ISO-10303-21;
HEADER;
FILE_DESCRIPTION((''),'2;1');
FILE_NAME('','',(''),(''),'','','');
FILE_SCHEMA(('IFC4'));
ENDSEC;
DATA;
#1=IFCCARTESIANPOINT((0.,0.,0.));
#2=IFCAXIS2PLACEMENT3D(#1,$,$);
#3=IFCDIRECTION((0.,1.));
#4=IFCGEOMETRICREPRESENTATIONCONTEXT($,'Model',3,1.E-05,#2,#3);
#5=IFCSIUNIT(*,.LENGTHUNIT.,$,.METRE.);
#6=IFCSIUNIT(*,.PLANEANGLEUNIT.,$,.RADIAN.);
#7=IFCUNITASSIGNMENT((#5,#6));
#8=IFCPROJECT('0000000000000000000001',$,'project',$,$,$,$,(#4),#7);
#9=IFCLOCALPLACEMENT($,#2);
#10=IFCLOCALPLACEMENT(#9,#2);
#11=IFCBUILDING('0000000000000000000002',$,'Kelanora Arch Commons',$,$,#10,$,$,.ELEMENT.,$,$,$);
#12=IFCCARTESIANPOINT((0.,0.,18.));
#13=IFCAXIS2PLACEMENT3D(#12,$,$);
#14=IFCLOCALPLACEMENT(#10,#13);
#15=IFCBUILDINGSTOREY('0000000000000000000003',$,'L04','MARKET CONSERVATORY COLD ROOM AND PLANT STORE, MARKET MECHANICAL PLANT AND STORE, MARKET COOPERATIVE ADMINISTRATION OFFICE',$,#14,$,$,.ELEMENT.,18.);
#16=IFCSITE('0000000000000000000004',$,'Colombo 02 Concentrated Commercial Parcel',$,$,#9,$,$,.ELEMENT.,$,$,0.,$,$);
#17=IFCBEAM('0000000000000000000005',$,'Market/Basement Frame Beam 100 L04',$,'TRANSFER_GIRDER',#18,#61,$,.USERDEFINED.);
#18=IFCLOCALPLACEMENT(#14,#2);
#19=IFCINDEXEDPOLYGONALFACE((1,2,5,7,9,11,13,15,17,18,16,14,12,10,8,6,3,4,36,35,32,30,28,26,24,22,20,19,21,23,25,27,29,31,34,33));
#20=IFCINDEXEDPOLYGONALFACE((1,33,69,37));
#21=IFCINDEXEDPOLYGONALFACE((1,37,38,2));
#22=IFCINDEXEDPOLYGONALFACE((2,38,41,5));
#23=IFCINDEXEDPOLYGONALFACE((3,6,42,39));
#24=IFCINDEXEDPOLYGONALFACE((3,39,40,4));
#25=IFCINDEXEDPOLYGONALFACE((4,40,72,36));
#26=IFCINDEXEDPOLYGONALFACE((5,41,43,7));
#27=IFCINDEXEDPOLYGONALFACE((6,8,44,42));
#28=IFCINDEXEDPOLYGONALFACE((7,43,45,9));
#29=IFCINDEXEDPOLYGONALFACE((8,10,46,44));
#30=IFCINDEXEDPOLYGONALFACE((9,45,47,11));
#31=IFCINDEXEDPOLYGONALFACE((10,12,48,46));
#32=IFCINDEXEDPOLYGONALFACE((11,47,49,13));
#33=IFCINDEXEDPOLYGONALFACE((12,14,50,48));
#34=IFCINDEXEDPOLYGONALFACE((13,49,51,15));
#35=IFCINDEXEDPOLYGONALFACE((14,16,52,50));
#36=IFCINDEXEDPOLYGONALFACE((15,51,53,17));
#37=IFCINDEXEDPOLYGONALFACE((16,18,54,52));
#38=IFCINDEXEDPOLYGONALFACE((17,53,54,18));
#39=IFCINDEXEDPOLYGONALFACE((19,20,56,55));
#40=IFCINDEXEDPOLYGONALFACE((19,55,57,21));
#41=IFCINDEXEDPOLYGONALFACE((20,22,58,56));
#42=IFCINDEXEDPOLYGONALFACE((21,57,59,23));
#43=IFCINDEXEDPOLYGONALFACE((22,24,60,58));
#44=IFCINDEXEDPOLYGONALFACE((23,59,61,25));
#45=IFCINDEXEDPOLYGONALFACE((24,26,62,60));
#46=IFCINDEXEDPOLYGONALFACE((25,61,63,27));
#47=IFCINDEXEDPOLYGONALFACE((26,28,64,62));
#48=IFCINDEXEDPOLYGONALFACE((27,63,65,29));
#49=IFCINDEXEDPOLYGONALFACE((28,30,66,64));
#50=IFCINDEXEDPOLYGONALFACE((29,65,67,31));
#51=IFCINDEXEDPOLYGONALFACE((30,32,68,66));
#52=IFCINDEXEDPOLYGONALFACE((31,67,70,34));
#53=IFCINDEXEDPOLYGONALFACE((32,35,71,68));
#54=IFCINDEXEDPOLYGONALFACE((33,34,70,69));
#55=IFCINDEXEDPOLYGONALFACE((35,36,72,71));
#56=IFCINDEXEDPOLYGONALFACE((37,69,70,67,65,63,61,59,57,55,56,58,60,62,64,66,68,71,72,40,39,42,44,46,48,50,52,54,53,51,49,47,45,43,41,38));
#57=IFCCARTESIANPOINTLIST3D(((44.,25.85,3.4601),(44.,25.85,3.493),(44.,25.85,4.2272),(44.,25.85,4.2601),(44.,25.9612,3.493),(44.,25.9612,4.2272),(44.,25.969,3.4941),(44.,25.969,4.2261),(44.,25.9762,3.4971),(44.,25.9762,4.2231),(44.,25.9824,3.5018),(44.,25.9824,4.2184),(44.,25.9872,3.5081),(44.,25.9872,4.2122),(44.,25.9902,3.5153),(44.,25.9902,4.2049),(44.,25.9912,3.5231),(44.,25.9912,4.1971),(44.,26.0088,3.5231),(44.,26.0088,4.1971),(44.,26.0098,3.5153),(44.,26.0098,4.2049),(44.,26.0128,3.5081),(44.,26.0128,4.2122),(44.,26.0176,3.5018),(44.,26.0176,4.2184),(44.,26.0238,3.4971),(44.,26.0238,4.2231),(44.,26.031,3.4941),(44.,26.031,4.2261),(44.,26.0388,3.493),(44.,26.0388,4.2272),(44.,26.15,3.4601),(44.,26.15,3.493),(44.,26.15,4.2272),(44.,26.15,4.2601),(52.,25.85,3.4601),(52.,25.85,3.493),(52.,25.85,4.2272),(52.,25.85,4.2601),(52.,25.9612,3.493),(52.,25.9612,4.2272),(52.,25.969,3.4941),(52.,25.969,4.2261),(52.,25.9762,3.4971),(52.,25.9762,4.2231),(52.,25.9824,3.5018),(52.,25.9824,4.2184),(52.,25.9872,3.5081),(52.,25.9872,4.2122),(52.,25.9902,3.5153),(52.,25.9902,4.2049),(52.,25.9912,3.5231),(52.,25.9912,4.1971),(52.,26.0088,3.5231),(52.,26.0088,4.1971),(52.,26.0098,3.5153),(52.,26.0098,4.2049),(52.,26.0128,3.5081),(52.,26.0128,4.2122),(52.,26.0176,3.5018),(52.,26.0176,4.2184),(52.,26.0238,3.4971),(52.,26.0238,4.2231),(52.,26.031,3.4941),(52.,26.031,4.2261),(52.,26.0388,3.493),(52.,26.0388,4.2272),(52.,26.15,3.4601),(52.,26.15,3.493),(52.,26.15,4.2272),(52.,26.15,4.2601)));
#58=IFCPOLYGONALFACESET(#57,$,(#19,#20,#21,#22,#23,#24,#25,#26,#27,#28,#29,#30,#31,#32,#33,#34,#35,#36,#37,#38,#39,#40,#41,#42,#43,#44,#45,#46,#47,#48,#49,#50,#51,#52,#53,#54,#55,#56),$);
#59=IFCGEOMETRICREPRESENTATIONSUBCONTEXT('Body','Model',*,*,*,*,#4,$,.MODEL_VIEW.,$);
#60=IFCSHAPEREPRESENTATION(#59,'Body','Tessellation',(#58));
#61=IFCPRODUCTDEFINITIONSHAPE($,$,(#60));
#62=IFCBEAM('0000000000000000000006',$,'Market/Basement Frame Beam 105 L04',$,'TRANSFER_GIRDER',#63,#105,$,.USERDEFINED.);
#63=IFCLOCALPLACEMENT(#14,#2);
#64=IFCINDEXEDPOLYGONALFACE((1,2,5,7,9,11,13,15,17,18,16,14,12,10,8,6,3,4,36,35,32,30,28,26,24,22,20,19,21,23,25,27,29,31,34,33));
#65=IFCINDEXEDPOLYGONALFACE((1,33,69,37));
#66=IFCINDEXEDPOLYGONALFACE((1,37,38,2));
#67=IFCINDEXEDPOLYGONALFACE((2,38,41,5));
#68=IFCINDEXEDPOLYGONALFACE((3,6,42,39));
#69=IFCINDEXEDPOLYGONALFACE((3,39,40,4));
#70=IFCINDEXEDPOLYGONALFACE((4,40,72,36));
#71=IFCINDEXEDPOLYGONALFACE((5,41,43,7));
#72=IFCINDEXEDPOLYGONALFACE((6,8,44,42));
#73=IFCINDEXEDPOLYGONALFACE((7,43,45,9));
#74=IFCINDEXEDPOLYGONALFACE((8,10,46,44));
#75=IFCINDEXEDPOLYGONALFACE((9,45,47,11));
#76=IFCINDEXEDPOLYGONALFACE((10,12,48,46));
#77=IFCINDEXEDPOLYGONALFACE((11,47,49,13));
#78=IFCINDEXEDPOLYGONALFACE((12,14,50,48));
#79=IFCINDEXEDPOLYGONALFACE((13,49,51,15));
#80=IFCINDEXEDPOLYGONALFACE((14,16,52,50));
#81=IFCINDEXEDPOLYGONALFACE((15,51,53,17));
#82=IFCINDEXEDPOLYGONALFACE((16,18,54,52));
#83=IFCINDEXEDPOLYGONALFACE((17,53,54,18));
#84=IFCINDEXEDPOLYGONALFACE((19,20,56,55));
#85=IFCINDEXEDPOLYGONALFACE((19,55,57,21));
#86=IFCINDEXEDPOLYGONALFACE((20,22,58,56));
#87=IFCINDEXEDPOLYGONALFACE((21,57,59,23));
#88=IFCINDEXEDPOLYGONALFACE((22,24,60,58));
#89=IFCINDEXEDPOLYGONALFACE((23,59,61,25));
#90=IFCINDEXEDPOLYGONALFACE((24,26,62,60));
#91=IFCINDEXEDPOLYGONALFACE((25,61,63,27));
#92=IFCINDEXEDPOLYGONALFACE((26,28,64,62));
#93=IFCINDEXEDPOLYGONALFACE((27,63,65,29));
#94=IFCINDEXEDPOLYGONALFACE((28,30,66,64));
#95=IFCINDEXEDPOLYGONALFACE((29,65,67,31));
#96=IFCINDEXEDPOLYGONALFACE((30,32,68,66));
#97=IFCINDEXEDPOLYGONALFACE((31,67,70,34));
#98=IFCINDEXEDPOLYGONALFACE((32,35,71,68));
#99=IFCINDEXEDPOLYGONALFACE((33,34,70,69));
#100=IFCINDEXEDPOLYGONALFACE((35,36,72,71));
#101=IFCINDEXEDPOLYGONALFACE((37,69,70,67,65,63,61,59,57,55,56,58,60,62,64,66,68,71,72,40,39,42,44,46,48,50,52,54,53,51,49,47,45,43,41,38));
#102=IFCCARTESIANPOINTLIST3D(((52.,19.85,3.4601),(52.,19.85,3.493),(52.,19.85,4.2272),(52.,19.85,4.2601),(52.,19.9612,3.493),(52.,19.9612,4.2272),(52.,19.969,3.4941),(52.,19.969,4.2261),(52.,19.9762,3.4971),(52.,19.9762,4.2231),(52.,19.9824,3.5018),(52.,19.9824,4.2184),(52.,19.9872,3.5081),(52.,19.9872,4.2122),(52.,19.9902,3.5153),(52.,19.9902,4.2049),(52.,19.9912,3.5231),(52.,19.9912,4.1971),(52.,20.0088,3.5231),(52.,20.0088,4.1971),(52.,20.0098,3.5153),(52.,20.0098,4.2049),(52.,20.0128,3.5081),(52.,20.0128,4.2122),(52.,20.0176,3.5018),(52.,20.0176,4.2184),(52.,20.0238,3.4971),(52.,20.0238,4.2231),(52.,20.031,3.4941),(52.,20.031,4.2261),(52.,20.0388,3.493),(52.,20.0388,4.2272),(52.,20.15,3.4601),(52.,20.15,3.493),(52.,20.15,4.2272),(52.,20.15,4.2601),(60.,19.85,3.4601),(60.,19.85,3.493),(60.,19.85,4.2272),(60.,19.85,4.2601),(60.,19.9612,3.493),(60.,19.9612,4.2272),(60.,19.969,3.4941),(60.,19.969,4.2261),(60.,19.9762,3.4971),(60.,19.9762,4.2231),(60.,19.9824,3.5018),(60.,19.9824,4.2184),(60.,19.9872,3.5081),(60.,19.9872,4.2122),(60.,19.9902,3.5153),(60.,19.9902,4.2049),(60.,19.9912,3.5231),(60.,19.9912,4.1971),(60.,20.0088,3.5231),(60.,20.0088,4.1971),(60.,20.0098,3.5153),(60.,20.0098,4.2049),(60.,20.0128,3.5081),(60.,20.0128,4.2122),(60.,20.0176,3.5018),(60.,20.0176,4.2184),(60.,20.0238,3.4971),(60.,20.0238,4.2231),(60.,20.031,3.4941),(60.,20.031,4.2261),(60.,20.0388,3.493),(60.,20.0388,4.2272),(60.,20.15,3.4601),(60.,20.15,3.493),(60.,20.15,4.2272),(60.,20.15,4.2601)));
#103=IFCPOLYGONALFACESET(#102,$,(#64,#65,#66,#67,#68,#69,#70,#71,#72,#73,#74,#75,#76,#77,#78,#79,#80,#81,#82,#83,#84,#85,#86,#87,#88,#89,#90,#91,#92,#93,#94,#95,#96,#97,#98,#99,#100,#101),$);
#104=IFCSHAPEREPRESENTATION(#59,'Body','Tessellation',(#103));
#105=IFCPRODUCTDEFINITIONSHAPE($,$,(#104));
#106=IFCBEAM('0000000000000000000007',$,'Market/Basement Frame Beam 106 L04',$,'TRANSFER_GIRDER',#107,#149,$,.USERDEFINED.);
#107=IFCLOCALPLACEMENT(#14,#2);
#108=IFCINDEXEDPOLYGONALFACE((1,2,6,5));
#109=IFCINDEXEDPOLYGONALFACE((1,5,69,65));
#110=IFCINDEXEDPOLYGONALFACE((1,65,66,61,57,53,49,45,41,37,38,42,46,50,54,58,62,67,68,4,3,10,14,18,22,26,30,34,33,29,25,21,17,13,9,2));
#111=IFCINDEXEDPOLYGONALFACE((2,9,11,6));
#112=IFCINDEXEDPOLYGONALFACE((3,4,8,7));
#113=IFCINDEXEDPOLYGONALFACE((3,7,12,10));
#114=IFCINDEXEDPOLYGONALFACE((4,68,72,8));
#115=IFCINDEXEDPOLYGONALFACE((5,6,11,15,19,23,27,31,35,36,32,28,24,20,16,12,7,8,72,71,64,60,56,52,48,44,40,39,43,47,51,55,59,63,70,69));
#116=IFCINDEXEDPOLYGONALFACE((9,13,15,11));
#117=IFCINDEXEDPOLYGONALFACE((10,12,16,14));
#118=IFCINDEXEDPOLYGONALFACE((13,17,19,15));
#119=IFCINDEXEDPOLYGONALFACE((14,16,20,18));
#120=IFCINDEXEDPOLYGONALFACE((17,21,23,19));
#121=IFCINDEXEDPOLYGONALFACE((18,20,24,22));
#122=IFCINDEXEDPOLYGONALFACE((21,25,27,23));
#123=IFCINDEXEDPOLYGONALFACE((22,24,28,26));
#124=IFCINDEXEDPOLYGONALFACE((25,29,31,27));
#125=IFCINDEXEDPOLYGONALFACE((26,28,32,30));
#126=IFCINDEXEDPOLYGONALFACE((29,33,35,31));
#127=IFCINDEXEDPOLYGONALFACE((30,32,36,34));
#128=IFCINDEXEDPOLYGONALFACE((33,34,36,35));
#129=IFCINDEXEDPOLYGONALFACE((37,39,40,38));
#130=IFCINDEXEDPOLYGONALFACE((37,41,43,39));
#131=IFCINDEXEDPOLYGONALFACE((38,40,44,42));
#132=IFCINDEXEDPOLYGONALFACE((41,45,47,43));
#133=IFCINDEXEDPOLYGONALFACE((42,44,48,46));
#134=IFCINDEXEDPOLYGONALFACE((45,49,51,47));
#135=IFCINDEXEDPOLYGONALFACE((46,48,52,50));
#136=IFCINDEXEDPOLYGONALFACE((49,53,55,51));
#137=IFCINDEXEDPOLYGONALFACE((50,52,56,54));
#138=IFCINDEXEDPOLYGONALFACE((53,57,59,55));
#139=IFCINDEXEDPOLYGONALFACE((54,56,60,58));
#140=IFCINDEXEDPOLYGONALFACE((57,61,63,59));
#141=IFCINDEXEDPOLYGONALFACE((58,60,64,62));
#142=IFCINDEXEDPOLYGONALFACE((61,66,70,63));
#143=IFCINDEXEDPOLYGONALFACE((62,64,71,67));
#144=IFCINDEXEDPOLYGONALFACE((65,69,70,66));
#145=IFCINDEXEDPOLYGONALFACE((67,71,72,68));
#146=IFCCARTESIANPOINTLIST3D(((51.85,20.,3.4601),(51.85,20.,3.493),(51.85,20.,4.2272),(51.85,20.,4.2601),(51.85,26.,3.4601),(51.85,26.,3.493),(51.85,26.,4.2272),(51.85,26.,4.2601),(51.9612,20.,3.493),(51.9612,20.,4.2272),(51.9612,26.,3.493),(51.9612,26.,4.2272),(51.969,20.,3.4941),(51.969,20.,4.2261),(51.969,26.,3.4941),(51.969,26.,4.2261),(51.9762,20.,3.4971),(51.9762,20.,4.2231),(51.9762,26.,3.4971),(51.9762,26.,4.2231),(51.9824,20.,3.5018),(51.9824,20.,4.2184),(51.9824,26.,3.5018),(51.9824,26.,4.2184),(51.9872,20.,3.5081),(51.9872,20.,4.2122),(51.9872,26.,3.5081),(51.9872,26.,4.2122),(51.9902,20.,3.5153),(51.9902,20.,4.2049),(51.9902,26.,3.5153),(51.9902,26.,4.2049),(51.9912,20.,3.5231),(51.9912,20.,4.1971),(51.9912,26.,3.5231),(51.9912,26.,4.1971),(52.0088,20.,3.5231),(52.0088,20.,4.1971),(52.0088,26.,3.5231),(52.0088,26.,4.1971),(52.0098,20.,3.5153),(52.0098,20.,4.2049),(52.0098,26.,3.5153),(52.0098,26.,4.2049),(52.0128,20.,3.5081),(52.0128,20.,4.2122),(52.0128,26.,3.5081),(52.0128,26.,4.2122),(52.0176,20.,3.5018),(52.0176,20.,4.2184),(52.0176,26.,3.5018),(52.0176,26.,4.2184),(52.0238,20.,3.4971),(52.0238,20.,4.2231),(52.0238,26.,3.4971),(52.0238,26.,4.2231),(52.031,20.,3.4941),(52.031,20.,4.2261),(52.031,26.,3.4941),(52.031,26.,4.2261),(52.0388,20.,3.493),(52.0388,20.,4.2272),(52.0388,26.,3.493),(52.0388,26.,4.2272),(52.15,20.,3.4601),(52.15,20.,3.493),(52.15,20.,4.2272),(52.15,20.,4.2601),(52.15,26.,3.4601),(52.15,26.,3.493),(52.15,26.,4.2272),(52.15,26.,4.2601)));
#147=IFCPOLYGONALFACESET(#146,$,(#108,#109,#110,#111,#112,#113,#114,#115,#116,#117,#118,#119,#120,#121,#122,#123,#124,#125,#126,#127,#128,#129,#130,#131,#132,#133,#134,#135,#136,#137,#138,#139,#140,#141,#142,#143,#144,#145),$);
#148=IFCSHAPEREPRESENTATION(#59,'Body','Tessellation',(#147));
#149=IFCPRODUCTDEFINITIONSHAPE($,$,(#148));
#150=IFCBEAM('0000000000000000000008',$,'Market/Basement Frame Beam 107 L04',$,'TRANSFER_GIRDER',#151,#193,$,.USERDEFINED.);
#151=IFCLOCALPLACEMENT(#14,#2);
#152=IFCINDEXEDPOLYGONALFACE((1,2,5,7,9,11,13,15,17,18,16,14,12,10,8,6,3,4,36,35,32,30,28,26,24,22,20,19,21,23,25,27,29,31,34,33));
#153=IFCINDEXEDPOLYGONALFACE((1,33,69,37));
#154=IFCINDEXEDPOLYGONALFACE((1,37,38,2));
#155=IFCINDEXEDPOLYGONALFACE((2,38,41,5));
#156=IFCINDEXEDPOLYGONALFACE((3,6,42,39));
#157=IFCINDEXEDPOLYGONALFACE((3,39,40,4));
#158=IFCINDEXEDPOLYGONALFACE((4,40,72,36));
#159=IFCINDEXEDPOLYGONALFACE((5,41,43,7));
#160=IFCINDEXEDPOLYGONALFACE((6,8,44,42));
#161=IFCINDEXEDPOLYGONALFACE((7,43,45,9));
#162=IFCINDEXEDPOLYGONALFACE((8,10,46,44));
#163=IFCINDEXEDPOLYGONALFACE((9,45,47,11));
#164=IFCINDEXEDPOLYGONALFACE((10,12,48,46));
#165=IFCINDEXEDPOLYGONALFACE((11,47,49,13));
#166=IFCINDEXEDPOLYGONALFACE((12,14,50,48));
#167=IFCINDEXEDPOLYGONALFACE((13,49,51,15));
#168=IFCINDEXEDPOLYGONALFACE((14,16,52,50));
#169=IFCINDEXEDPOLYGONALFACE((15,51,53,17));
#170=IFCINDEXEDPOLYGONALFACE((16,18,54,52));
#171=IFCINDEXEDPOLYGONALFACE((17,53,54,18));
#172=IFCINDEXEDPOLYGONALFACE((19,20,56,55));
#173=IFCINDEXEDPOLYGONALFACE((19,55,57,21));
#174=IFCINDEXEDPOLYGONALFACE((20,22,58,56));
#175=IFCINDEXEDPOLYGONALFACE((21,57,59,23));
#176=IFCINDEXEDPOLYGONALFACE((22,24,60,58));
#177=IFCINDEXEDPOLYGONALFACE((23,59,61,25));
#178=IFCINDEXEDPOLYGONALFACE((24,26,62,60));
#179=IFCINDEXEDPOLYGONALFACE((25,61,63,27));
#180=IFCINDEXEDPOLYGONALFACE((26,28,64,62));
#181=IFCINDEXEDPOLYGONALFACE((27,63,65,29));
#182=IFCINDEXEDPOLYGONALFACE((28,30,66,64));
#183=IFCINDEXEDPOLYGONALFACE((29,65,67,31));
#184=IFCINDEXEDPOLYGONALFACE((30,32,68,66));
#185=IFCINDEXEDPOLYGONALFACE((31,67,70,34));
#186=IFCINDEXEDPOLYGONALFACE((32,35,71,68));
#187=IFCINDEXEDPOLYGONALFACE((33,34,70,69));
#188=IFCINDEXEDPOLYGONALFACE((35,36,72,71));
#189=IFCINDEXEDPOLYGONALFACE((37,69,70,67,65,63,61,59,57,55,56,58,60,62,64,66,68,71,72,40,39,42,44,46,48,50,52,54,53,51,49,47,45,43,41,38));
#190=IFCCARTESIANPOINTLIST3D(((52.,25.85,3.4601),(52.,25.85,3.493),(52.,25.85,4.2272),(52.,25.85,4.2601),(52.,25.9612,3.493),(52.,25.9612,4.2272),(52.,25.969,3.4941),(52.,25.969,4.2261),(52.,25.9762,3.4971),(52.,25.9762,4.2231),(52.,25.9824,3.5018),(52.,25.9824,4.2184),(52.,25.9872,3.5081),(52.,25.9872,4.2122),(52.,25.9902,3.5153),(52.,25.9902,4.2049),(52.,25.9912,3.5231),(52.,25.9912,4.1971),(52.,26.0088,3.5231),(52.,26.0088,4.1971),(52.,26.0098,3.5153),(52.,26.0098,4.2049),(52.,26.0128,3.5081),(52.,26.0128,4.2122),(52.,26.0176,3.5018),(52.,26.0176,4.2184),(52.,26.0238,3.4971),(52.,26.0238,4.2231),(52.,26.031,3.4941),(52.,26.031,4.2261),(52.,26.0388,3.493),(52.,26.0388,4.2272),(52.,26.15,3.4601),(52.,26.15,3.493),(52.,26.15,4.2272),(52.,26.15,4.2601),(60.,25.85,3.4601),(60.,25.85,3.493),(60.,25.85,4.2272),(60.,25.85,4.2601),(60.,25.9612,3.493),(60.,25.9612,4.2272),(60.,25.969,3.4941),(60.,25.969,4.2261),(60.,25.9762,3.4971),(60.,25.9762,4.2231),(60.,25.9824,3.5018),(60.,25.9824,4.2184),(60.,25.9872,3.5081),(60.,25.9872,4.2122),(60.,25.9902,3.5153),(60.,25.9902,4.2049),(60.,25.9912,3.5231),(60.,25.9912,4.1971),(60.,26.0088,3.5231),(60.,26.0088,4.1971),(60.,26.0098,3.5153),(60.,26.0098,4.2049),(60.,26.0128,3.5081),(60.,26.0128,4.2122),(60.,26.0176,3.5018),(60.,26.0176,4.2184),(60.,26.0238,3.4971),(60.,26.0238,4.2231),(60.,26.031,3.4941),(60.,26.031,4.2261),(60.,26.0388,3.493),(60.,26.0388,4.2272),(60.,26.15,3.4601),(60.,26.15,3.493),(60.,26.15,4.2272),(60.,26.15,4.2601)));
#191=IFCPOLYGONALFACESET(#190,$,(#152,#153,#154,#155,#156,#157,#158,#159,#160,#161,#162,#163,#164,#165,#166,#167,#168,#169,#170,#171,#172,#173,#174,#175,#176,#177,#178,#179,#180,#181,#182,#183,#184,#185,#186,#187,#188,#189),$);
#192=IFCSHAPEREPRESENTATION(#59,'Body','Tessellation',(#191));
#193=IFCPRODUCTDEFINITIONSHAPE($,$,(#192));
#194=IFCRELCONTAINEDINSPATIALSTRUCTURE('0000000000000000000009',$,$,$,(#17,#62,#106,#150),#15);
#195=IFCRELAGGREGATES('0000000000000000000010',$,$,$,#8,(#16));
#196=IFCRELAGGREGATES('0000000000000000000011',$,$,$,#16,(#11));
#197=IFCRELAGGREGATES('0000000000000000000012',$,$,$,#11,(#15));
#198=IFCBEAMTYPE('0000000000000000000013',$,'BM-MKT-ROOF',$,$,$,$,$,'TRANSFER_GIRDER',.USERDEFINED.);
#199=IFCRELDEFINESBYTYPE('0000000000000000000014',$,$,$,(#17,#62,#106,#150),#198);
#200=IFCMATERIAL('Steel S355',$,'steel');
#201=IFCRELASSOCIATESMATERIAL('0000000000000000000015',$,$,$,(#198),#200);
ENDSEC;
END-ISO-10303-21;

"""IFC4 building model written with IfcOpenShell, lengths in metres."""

from ifc_helpers import new_model, si_unit, direction, frame, origin, origin_2d, place, context, subcontext, project, spatial, i_section, extrude, material, material_profile, profile_set, type_object, element, save


model = new_model("IFC4")

# Units and contexts
model_context = context("Model", 3, precision=1e-05, world=origin(), true_north=direction((0.0, 1.0)))
body_context = subcontext(model_context, "Body", "Model", "MODEL_VIEW")
ifc_project = project(units=[si_unit("LENGTHUNIT", "METRE"), si_unit("PLANEANGLEUNIT", "RADIAN")], contexts=[model_context])

# Site, building, storey
site_placement = place(None, origin())
site = spatial("IfcSite", under=ifc_project, at=site_placement, Name="Colombo 02 Concentrated Commercial Parcel", CompositionType="ELEMENT", RefElevation=0.0)
building_placement = place(site_placement, origin())
building = spatial("IfcBuilding", under=site, at=building_placement, Name="Kelanora Arch Commons", CompositionType="ELEMENT")
storey_placement = place(building_placement, frame((0.0, 0.0, 18.0)))
storey = spatial("IfcBuildingStorey", under=building, at=storey_placement, Name="L04", Description="MARKET CONSERVATORY COLD ROOM AND PLANT STORE, MARKET MECHANICAL PLANT AND STORE, MARKET COOPERATIVE ADMINISTRATION OFFICE", CompositionType="ELEMENT", Elevation=18.0)

# Beams
ifc_material_1 = material(Name="Steel S355", Category="steel")
ifc_material_profile_1 = material_profile(ifc_material_1, i_section(OverallWidth=0.3, OverallDepth=0.8, WebThickness=0.0176, FlangeThickness=0.033, FilletRadius=0.03, at=origin_2d()), Name="HEB800")
ifc_profile_set_1 = profile_set([ifc_material_profile_1], Name="Steel S355")
beam_type = type_object("IfcBeamType", Name="BM-MKT-ROOF", ElementType="TRANSFER_GIRDER", PredefinedType="USERDEFINED", material=ifc_profile_set_1)
for number, where, z_axis, x_axis, name in (
    (1, (44.0, 26.0, 3.8601), (1.0, 0.0, 0.0), (0.0, 1.0, 0.0), "Market/Basement Frame Beam 100 L04"),
    (2, (52.0, 20.0, 3.8601), (1.0, 0.0, 0.0), (0.0, 1.0, 0.0), "Market/Basement Frame Beam 105 L04"),
):
    element("IfcBeam", number, at=place(storey_placement, frame(where, z_axis=z_axis, x_axis=x_axis)), inside=storey, type_object=beam_type, Name=name, ObjectType="TRANSFER_GIRDER", PredefinedType="USERDEFINED", context=body_context, shape_type="SweptSolid", body=[
        extrude(i_section(OverallWidth=0.3, OverallDepth=0.8, WebThickness=0.0176, FlangeThickness=0.033, FilletRadius=0.03, at=origin_2d()), origin(), (0.0, 0.0, 1.0), 8.0),
    ])
beam_1_placement = place(storey_placement, frame((52.0, 20.0, 3.8601), z_axis=(0.0, 1.0, 0.0), x_axis=(-1.0, 0.0, 0.0)))
element("IfcBeam", 3, at=beam_1_placement, inside=storey, type_object=beam_type, Name="Market/Basement Frame Beam 106 L04", ObjectType="TRANSFER_GIRDER", PredefinedType="USERDEFINED", context=body_context, shape_type="SweptSolid", body=[
    extrude(i_section(OverallWidth=0.3, OverallDepth=0.8, WebThickness=0.0176, FlangeThickness=0.033, FilletRadius=0.03, at=origin_2d()), origin(), (0.0, 0.0, 1.0), 6.0),
])
beam_2_placement = place(storey_placement, frame((52.0, 26.0, 3.8601), z_axis=(1.0, 0.0, 0.0), x_axis=(0.0, 1.0, 0.0)))
element("IfcBeam", 4, at=beam_2_placement, inside=storey, type_object=beam_type, Name="Market/Basement Frame Beam 107 L04", ObjectType="TRANSFER_GIRDER", PredefinedType="USERDEFINED", context=body_context, shape_type="SweptSolid", body=[
    extrude(i_section(OverallWidth=0.3, OverallDepth=0.8, WebThickness=0.0176, FlangeThickness=0.033, FilletRadius=0.03, at=origin_2d()), origin(), (0.0, 0.0, 1.0), 8.0),
])

save(model, "model.ifc")
